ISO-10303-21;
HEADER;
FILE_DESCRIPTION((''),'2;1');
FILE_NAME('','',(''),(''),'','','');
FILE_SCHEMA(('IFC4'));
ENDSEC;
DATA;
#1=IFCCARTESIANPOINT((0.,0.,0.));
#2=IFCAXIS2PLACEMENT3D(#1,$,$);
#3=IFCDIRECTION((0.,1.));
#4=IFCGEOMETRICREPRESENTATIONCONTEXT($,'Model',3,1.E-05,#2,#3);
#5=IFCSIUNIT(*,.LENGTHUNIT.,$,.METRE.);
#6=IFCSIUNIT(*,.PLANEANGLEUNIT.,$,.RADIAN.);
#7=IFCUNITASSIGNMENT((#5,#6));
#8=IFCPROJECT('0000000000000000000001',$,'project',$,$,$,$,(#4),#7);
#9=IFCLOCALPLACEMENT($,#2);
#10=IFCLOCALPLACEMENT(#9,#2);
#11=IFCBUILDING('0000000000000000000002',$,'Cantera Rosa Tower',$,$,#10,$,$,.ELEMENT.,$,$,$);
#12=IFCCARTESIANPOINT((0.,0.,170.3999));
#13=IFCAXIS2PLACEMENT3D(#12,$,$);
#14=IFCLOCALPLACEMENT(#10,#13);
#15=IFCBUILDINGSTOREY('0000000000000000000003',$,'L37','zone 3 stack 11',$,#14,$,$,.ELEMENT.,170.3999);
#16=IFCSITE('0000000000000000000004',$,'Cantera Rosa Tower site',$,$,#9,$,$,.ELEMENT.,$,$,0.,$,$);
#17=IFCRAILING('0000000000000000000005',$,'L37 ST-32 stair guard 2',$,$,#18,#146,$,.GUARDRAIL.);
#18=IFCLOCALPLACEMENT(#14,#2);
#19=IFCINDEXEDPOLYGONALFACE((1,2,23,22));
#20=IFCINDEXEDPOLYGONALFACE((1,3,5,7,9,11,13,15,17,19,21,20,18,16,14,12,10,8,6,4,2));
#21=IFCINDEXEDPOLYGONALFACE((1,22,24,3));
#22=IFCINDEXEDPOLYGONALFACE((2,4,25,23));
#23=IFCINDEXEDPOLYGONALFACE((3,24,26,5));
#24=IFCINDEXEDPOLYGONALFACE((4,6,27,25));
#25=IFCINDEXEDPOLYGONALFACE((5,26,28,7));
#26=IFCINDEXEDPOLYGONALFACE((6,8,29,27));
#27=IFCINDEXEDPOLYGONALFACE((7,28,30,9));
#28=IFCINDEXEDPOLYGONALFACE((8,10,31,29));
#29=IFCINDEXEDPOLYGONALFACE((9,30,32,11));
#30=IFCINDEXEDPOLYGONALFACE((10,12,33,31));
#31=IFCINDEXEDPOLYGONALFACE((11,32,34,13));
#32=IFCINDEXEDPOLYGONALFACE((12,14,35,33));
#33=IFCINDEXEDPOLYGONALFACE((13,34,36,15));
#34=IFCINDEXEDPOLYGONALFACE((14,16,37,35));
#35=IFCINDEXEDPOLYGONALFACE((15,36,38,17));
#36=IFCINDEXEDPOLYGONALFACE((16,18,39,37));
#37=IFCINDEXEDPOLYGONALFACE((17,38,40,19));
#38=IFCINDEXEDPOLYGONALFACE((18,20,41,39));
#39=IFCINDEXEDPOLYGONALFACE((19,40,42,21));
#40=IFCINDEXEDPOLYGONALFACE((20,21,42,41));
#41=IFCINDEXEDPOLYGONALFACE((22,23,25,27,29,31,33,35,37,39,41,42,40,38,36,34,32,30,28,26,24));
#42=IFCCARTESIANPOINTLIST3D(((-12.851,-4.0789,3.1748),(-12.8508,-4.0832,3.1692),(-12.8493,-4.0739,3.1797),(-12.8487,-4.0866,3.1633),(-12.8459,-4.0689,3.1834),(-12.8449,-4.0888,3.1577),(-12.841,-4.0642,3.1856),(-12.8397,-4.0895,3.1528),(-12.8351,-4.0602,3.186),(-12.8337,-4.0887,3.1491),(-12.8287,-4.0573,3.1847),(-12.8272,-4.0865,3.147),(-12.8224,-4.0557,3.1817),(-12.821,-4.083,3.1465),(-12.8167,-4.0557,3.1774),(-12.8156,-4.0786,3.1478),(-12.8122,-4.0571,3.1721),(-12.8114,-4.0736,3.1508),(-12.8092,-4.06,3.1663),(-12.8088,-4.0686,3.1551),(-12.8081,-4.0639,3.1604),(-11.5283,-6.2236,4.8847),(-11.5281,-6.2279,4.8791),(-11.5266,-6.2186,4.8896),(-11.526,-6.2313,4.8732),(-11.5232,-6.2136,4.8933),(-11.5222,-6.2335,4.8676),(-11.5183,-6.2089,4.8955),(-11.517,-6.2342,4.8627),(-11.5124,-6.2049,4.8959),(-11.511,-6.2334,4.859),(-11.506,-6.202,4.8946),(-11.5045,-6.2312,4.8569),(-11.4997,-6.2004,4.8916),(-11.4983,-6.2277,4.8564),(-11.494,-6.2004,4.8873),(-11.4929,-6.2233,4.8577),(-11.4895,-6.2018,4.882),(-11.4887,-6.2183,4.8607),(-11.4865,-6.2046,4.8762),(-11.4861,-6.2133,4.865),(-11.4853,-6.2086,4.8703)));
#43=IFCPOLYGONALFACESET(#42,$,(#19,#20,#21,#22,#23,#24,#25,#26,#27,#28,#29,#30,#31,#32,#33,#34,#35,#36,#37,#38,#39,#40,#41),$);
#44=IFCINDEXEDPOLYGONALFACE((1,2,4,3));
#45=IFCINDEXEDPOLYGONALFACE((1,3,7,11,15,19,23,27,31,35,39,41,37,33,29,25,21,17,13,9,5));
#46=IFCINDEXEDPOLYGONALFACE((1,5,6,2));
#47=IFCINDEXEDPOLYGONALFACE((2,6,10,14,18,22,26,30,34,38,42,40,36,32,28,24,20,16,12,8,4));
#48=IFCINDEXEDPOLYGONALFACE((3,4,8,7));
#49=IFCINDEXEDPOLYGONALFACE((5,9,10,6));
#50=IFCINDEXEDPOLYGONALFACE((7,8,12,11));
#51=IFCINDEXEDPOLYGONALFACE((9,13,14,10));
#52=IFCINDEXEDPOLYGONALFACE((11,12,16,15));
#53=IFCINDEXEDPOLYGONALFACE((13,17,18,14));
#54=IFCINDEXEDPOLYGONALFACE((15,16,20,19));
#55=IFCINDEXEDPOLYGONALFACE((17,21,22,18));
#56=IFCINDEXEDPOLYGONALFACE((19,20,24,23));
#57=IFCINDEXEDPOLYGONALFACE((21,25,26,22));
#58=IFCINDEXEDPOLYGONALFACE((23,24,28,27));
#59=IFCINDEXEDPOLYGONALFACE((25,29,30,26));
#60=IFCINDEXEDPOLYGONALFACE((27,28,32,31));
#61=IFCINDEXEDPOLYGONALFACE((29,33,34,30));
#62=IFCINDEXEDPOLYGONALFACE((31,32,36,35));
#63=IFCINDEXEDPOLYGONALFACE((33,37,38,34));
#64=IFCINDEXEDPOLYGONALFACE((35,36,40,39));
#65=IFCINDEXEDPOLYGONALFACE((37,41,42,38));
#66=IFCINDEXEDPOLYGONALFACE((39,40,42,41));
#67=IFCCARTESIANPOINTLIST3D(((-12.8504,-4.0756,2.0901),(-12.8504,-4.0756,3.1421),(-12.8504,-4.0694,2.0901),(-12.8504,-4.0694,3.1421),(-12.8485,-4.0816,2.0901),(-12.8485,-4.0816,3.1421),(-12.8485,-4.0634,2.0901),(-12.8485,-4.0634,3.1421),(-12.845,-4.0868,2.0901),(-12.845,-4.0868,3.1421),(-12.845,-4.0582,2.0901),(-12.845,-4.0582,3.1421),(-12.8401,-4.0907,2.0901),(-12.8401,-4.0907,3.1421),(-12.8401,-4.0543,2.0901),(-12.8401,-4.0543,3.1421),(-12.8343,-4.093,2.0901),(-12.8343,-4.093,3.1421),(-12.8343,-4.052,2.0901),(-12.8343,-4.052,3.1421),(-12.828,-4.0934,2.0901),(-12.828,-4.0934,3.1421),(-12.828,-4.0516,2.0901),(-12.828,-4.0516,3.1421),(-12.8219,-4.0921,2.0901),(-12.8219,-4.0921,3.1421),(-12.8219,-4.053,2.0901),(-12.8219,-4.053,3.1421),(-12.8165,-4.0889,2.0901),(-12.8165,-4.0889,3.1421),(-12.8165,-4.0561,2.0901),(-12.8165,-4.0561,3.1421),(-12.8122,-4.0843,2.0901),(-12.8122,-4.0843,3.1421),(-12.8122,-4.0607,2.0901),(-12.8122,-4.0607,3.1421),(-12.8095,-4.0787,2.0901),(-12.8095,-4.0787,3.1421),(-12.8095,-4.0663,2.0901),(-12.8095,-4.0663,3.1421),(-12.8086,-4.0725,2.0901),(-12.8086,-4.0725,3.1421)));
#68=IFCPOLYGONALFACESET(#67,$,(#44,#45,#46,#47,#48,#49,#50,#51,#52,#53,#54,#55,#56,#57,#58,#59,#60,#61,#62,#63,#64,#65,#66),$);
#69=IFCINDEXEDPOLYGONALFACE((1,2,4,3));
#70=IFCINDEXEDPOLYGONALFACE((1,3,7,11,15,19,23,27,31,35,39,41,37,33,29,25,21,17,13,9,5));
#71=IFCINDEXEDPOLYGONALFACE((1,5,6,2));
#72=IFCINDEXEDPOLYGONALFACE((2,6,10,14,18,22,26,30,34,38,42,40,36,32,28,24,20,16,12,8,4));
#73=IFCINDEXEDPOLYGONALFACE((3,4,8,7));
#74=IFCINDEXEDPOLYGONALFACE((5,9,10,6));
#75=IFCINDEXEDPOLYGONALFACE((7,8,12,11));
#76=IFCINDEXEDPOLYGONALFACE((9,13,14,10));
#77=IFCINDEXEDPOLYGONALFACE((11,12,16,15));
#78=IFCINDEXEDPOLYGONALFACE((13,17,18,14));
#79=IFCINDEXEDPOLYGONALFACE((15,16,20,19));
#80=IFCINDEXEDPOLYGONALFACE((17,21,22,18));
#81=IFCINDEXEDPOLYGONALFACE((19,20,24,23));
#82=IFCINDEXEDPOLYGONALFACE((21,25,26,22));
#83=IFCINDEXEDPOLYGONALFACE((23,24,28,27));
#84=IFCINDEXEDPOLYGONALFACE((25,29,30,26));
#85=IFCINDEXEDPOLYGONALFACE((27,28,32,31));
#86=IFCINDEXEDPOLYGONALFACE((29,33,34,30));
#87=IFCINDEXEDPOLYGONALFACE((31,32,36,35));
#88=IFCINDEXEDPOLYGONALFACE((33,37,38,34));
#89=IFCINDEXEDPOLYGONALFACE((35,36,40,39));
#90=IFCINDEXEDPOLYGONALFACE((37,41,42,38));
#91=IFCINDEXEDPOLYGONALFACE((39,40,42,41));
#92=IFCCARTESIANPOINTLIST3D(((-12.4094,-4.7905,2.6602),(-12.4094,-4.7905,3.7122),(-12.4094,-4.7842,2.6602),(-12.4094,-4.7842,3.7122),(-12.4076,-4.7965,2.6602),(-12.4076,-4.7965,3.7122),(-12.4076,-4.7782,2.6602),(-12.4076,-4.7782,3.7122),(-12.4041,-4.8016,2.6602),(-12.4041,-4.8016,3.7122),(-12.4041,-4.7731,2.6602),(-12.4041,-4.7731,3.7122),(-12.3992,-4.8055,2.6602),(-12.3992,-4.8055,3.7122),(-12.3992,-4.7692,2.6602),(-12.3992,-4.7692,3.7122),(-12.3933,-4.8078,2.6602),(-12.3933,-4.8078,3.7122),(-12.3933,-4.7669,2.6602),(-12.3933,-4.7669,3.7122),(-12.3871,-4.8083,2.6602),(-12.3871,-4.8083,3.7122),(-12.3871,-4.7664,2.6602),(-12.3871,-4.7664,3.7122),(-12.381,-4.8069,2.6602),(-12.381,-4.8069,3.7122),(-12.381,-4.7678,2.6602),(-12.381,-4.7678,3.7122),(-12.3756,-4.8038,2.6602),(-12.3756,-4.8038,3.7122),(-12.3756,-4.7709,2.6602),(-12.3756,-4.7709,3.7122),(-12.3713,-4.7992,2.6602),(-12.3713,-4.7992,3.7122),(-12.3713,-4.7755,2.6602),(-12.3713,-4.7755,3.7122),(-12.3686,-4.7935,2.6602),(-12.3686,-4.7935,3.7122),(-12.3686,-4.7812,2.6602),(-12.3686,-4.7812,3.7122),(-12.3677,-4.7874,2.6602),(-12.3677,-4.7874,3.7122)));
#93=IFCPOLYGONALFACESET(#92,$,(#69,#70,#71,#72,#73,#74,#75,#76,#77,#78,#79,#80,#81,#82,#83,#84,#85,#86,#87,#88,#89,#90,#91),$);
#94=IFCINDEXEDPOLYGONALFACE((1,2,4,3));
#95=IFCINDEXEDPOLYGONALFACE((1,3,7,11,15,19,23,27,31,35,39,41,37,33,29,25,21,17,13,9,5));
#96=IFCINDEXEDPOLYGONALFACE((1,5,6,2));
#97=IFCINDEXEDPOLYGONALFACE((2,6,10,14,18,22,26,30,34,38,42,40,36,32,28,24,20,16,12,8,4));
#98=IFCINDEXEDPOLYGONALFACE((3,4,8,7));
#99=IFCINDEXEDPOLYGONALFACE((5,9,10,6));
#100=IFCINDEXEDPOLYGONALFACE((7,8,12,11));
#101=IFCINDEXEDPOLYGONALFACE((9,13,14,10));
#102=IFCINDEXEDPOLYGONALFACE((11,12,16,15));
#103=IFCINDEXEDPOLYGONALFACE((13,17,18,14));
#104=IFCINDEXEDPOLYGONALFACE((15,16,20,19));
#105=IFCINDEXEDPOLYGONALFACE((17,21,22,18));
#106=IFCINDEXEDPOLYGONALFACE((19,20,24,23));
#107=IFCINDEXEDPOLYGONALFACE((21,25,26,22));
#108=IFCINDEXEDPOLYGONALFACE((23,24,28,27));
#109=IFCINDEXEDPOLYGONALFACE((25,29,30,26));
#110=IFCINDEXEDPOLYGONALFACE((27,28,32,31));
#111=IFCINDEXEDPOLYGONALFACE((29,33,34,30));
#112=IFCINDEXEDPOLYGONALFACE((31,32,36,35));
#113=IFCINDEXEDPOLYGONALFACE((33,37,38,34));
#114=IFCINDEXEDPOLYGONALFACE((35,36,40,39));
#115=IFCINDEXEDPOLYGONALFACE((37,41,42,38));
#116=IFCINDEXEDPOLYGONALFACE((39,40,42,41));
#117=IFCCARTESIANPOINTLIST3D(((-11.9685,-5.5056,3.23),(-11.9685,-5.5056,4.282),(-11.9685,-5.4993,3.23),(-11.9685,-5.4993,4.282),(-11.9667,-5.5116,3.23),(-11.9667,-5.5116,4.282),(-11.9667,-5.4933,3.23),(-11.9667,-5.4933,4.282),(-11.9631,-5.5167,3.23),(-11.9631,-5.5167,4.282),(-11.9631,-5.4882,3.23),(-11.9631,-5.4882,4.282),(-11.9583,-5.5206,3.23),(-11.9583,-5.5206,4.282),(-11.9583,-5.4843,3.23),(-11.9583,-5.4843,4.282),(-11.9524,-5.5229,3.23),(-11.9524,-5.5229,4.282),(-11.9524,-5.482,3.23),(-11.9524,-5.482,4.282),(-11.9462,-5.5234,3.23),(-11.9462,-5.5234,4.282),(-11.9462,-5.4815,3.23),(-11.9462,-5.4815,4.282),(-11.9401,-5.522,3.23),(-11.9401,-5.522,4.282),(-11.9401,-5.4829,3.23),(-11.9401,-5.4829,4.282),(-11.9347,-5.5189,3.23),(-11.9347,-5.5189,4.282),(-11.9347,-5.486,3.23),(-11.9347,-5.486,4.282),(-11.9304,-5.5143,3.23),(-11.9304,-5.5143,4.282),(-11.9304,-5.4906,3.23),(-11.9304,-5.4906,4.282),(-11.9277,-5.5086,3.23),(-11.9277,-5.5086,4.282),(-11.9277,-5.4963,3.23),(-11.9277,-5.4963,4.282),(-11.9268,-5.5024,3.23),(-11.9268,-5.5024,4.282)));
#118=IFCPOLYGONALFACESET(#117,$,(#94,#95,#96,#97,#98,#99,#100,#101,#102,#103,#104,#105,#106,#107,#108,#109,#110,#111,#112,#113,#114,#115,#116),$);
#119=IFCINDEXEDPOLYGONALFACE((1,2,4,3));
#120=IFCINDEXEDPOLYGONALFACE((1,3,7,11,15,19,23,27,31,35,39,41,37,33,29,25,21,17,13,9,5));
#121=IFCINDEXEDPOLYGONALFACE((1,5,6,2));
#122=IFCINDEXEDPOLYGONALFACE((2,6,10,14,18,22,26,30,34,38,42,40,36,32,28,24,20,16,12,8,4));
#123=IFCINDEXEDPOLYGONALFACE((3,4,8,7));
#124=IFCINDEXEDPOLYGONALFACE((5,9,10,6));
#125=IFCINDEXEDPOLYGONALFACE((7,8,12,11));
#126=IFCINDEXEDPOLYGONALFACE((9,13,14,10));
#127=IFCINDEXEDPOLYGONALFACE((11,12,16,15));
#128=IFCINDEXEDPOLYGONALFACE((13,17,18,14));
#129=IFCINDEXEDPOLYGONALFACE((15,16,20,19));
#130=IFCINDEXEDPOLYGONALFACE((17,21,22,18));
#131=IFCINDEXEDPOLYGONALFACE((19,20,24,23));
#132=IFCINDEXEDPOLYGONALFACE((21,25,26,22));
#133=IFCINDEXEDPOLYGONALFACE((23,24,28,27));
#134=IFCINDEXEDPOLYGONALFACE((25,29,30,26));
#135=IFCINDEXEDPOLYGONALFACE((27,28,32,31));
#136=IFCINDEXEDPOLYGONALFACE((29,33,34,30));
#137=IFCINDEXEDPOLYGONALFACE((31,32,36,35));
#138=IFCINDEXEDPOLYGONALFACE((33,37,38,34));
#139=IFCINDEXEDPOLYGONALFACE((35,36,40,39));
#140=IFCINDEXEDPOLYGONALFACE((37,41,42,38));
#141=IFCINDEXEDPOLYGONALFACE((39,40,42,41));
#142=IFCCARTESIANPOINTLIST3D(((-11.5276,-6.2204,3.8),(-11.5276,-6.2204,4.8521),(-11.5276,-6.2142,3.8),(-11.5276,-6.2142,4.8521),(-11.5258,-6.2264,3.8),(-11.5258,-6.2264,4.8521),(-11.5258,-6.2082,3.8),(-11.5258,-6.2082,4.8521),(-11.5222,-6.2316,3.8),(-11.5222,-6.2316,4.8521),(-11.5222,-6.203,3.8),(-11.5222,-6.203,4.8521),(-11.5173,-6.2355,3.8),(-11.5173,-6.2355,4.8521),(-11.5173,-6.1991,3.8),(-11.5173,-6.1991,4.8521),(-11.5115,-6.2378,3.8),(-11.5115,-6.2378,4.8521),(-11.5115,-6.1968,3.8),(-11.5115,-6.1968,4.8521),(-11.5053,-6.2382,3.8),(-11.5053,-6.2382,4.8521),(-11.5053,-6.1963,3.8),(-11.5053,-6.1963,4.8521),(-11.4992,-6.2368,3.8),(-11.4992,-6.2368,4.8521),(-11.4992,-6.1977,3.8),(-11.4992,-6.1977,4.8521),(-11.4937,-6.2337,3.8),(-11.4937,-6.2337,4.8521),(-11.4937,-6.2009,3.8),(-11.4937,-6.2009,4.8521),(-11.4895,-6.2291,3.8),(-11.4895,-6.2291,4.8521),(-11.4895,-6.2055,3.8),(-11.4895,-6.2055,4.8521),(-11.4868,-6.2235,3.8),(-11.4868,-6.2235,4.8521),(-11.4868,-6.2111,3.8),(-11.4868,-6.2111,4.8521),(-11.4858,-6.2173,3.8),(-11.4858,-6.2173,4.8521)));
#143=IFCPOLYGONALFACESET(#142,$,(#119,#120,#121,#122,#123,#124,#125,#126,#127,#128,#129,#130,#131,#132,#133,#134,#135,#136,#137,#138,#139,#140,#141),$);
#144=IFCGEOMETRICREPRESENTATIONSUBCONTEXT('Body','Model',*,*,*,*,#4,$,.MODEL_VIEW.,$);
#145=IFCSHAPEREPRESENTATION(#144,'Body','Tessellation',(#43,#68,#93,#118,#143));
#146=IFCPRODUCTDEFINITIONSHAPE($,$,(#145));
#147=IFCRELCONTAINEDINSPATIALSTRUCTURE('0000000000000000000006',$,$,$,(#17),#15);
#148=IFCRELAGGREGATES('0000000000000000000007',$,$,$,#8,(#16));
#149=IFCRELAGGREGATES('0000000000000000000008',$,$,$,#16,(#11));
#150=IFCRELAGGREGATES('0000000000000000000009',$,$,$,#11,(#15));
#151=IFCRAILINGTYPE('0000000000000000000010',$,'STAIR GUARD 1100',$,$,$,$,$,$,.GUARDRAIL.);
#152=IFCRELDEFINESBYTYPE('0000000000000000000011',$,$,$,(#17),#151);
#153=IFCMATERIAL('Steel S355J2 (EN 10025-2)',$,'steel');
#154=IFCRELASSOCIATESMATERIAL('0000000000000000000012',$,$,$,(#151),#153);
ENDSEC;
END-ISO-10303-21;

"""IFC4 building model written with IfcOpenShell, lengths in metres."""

from ifc_helpers import new_model, si_unit, direction, frame, origin, origin_2d, place, context, subcontext, project, spatial, circle, extrude, material, type_object, element, save


model = new_model("IFC4")

# Units and contexts
model_context = context("Model", 3, precision=1e-05, world=origin(), true_north=direction((0.0, 1.0)))
body_context = subcontext(model_context, "Body", "Model", "MODEL_VIEW")
ifc_project = project(units=[si_unit("LENGTHUNIT", "METRE"), si_unit("PLANEANGLEUNIT", "RADIAN")], contexts=[model_context])

# Site, building, storey
site_placement = place(None, origin())
site = spatial("IfcSite", under=ifc_project, at=site_placement, Name="Cantera Rosa Tower site", CompositionType="ELEMENT", RefElevation=0.0)
building_placement = place(site_placement, origin())
building = spatial("IfcBuilding", under=site, at=building_placement, Name="Cantera Rosa Tower", CompositionType="ELEMENT")
storey_placement = place(building_placement, frame((0.0, 0.0, 170.3999)))
storey = spatial("IfcBuildingStorey", under=building, at=storey_placement, Name="L37", Description="zone 3 stack 11", CompositionType="ELEMENT", Elevation=170.3999)

# Railing
ifc_material_1 = material(Name="Steel S355J2 (EN 10025-2)", Category="steel")
railing_type_1 = type_object("IfcRailingType", Name="STAIR GUARD 1100", PredefinedType="GUARDRAIL", material=ifc_material_1)
railing_1_placement = place(storey_placement, frame((-12.8296, -4.0725, 2.0901)))
element("IfcRailing", 1, at=railing_1_placement, inside=storey, type_object=railing_type_1, Name="L37 ST-32 stair guard 2", PredefinedType="GUARDRAIL", context=body_context, shape_type="SweptSolid", body=[
    extrude(circle(Radius=0.0239, at=origin_2d()), frame((0.0, 0.0, 1.0762), z_axis=(0.434363, -0.704296, 0.561513), x_axis=(0.851146, 0.52493, 0.0)), (0.0, 0.0, 1.0), 3.0452),
    extrude(circle(Radius=0.021, at=origin_2d()), origin(), (0.0, 0.0, 1.0), 1.052),
    extrude(circle(Radius=0.021, at=origin_2d()), frame((0.4409, -0.7148, 0.5701)), (0.0, 0.0, 1.0), 1.052),
    extrude(circle(Radius=0.021, at=origin_2d()), frame((0.8818, -1.4299, 1.1399)), (0.0, 0.0, 1.0), 1.052),
    extrude(circle(Radius=0.021, at=origin_2d()), frame((1.3228, -2.1448, 1.71)), (0.0, 0.0, 1.0), 1.052),
])

save(model, "model.ifc")
